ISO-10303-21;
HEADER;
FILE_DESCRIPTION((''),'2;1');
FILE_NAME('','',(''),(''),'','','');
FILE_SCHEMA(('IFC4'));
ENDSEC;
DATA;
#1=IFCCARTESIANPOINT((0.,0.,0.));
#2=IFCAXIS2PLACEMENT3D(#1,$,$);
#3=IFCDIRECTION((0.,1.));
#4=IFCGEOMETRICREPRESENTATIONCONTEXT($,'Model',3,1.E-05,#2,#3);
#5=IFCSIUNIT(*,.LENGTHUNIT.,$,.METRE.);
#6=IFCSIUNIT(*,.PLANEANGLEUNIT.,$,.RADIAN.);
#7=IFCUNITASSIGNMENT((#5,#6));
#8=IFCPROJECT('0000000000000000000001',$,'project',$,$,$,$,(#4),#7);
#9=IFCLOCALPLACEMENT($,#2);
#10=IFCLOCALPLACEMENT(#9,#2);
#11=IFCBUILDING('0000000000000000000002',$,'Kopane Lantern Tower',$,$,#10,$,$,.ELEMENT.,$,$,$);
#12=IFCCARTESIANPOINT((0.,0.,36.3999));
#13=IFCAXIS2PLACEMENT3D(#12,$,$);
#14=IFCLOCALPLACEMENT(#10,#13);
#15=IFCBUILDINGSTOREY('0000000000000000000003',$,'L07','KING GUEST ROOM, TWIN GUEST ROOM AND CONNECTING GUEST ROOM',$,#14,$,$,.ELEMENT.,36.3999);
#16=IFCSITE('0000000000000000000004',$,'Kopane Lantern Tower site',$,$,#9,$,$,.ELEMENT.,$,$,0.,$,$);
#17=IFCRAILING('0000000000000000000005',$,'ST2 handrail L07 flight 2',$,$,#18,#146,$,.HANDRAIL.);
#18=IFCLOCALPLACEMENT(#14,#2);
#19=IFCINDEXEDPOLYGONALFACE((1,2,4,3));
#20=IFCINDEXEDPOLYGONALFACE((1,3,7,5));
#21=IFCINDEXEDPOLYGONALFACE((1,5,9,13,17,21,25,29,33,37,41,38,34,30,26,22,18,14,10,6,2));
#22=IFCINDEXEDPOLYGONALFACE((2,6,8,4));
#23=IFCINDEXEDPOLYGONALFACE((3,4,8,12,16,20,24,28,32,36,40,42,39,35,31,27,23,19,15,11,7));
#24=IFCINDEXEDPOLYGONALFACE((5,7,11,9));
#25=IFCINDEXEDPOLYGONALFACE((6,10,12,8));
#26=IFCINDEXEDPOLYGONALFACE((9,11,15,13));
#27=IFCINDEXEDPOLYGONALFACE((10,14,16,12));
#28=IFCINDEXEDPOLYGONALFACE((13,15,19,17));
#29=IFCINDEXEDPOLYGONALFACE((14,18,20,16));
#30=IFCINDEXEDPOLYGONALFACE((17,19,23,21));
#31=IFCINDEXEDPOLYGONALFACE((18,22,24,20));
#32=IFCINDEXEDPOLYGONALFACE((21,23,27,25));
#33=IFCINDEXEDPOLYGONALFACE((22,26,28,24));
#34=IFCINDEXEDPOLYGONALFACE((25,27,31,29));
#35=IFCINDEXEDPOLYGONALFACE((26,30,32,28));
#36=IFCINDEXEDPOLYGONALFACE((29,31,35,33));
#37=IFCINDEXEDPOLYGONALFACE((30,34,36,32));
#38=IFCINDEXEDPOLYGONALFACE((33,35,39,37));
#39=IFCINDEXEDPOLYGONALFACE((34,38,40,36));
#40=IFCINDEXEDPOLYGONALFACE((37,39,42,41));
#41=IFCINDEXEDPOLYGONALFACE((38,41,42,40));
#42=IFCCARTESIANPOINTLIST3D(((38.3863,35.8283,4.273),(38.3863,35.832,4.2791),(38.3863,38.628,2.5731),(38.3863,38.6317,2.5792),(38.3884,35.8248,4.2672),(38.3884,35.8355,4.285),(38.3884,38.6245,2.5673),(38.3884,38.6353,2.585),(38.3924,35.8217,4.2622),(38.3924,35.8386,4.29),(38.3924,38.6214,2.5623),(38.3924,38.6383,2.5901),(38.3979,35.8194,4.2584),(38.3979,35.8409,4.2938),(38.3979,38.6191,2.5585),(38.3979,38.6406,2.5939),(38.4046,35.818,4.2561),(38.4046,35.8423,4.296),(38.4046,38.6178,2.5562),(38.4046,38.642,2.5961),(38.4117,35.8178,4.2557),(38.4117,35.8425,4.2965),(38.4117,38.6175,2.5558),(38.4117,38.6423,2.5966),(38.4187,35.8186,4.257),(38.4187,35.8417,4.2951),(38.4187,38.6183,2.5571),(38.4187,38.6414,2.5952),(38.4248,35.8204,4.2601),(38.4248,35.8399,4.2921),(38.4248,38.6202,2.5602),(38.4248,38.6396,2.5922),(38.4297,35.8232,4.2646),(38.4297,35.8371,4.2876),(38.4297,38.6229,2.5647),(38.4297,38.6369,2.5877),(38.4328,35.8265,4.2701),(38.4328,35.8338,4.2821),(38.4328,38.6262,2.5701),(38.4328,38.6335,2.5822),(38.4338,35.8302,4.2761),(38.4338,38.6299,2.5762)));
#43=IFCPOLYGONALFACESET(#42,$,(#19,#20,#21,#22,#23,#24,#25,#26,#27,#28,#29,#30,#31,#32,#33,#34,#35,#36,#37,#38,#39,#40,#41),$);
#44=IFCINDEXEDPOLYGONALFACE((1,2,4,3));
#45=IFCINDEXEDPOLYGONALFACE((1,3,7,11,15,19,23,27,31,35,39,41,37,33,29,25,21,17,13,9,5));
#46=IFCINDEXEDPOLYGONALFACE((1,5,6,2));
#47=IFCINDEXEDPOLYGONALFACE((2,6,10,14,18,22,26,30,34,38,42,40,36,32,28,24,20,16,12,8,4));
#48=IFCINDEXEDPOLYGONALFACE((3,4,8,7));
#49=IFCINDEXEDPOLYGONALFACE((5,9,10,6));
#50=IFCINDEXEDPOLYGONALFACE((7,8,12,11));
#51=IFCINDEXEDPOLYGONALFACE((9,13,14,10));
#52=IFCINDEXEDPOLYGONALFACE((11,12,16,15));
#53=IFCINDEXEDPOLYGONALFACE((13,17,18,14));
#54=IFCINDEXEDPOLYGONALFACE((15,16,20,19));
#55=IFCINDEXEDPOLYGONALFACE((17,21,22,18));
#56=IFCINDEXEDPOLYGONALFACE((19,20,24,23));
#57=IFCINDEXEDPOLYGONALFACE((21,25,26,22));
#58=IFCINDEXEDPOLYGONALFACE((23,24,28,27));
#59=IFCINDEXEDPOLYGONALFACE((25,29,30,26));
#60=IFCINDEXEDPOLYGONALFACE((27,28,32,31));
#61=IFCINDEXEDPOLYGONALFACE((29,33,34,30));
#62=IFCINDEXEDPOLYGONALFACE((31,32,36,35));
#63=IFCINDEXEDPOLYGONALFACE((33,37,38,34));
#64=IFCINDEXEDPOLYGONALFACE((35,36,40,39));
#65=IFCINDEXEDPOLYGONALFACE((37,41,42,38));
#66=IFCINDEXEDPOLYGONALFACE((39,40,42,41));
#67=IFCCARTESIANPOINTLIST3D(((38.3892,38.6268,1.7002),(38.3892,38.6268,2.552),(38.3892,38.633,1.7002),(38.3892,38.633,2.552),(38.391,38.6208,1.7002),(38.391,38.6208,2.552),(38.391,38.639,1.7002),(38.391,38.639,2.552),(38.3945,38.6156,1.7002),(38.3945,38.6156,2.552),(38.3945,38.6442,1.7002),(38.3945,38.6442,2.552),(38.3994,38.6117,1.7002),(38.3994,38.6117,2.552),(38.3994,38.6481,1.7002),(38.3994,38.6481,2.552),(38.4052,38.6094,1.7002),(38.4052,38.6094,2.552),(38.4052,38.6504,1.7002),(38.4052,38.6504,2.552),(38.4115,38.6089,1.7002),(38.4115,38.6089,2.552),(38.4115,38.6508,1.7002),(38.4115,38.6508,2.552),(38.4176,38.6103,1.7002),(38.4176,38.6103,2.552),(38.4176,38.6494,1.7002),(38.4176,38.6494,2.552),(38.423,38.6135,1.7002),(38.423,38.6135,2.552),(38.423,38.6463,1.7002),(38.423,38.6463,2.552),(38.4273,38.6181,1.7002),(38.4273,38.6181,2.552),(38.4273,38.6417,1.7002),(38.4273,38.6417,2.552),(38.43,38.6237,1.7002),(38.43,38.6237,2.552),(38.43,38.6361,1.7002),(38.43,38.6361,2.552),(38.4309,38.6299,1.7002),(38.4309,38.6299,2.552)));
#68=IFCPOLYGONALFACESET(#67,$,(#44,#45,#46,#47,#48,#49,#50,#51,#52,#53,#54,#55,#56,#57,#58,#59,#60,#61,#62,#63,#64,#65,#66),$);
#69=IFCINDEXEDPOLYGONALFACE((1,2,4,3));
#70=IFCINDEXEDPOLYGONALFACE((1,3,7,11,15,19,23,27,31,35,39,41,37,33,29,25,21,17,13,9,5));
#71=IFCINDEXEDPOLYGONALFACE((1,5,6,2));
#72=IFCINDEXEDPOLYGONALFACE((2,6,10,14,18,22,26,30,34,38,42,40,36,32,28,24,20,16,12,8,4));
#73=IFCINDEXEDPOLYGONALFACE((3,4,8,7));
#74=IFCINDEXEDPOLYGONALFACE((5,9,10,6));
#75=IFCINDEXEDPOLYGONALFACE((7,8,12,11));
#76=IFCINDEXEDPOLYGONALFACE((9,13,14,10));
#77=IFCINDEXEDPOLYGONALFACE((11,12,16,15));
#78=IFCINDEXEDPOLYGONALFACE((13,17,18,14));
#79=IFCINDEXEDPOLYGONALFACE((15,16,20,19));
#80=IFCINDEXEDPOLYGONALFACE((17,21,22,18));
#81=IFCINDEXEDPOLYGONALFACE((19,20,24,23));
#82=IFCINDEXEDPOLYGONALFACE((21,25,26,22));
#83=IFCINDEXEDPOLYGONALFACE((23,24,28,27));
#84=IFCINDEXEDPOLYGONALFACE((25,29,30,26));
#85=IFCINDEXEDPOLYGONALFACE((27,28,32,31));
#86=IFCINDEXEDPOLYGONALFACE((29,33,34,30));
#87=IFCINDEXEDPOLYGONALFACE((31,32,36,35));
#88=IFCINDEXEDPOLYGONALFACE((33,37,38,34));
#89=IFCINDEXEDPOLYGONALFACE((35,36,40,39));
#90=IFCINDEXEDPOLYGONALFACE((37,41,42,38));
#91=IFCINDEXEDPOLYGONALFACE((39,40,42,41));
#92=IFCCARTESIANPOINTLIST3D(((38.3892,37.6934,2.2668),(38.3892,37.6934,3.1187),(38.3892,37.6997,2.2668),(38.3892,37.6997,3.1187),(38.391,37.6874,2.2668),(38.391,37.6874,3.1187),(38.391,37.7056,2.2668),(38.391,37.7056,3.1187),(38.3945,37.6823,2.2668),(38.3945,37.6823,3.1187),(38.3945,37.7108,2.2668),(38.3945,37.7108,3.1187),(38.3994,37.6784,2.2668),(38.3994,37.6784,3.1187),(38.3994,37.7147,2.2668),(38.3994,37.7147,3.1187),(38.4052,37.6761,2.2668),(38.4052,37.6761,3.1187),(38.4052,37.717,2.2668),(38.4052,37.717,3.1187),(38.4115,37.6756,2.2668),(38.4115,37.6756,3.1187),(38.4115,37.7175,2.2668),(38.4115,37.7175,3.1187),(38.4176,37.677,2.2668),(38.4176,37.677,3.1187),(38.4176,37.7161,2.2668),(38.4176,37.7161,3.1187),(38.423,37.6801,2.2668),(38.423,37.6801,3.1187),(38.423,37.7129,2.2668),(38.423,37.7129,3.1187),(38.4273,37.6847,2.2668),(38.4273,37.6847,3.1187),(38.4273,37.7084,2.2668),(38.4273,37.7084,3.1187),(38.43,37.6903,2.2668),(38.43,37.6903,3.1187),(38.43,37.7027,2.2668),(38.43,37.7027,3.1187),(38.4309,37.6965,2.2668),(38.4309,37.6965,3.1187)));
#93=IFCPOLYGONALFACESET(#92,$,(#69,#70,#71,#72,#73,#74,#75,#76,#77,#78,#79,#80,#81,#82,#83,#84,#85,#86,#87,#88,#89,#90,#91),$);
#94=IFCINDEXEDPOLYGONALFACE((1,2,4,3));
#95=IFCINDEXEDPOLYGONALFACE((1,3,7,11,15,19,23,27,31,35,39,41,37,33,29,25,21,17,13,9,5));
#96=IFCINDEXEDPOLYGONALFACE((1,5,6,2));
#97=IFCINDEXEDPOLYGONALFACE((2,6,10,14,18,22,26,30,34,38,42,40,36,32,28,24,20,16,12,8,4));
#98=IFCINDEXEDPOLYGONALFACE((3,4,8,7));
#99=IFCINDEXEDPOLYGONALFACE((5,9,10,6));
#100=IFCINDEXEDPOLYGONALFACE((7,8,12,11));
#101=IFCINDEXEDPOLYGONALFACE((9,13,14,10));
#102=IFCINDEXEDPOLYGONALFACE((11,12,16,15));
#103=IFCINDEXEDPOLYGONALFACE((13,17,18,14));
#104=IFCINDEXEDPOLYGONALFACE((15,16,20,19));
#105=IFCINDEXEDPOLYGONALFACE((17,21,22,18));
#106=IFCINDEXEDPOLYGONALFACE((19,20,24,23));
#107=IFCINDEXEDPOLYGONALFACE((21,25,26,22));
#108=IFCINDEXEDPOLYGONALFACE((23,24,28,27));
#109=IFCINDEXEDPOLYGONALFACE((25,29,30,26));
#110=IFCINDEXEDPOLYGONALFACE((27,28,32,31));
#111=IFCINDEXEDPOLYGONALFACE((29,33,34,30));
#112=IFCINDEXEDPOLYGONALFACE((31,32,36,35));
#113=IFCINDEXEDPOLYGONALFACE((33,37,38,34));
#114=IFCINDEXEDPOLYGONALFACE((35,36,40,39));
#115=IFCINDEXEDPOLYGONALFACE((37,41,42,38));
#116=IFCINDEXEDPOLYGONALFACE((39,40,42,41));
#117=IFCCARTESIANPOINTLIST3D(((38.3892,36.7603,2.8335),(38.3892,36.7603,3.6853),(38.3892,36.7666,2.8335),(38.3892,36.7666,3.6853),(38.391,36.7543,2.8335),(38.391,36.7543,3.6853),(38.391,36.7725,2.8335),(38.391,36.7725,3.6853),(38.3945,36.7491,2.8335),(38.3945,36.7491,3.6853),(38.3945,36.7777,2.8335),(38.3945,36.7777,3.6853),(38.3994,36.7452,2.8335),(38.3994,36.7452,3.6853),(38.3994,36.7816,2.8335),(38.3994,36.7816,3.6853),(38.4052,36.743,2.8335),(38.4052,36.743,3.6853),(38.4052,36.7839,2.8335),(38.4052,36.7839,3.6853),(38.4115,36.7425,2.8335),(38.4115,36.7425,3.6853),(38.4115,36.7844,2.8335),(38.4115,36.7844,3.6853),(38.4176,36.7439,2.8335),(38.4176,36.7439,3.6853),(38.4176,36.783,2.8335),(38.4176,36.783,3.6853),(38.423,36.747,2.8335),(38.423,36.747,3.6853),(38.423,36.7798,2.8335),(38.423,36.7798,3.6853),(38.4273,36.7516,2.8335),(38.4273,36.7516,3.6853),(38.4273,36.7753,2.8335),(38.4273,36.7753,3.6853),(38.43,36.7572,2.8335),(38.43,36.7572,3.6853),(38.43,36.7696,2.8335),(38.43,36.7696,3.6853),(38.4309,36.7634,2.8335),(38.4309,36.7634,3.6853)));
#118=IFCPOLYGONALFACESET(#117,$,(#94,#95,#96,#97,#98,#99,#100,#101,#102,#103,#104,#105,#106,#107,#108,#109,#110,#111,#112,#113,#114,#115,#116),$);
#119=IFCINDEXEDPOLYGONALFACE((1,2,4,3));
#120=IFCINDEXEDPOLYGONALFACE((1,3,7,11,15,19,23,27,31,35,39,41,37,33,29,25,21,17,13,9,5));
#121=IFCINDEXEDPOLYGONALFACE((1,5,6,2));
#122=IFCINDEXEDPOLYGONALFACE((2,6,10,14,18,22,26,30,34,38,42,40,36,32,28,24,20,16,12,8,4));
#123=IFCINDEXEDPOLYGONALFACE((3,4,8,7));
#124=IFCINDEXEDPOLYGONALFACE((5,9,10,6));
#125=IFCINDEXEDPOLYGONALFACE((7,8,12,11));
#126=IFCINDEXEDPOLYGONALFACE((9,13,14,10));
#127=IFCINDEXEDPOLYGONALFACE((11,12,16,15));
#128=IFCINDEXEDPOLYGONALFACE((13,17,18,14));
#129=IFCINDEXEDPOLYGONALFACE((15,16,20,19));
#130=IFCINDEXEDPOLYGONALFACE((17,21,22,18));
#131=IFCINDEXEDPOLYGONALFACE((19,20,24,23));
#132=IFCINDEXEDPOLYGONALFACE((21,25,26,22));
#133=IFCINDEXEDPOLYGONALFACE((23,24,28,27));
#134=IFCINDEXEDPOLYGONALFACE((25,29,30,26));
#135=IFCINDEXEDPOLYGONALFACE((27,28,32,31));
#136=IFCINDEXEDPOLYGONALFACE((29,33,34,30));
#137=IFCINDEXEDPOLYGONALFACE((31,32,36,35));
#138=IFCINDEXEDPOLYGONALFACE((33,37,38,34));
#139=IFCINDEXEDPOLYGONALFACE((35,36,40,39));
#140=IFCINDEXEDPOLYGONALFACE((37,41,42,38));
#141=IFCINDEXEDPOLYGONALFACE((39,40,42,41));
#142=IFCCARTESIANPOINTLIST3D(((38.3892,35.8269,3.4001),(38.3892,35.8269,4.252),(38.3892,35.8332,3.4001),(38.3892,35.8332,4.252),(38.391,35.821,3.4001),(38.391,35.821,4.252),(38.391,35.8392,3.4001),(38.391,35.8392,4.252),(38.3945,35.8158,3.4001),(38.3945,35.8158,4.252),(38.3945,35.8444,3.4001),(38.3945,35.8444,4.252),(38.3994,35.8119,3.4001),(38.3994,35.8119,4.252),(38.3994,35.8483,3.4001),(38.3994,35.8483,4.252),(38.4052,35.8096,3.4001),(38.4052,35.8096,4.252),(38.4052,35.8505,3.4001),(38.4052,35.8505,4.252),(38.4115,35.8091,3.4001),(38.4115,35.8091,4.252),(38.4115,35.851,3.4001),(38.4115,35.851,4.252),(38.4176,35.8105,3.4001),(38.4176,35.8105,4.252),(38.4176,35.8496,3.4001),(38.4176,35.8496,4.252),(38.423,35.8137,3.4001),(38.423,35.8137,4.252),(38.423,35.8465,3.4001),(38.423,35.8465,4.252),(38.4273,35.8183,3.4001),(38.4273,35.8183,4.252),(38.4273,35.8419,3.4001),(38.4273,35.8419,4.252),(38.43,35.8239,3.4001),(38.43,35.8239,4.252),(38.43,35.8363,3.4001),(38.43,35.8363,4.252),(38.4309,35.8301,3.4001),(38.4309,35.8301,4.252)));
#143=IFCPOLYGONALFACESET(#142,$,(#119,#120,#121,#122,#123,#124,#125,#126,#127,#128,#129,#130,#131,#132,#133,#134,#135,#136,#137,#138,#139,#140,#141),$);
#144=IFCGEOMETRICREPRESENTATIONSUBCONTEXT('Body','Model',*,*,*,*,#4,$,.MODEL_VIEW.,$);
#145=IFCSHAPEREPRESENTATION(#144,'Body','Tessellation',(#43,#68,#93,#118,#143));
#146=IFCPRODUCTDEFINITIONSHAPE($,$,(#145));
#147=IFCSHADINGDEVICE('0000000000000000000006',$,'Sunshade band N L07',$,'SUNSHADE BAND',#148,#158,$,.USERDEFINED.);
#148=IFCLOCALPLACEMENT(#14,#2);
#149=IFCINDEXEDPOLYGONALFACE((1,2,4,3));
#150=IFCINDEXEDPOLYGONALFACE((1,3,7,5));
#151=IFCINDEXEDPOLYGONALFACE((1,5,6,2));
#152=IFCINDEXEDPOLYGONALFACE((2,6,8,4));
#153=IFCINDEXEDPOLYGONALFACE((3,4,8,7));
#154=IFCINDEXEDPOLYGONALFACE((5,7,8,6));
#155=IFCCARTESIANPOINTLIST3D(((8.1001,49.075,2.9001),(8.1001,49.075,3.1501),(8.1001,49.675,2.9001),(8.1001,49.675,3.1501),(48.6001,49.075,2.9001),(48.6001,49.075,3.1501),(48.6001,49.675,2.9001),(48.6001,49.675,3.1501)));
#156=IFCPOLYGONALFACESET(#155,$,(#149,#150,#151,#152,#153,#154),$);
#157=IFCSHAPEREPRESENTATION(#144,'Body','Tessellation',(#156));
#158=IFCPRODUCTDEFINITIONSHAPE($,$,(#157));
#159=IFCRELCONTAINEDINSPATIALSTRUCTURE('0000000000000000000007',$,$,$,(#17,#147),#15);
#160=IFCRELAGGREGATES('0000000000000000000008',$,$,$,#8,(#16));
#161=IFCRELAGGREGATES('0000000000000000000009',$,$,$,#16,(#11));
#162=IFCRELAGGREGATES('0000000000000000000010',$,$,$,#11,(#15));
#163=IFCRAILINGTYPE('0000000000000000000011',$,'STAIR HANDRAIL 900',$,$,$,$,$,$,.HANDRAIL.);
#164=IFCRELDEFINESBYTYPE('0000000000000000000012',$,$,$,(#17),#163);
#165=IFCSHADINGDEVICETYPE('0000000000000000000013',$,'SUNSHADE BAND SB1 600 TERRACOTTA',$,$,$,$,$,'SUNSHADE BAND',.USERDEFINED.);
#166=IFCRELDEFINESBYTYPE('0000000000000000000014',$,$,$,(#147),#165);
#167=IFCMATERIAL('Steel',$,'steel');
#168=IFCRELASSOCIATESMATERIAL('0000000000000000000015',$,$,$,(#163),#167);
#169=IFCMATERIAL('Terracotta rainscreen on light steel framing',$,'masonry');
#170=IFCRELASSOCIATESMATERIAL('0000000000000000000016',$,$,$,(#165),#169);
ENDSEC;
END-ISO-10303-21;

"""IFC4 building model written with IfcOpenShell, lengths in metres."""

from ifc_helpers import new_model, si_unit, direction, frame, origin, origin_2d, place, context, subcontext, project, spatial, rectangle, circle, extrude, material, type_object, element, save


model = new_model("IFC4")

# Units and contexts
model_context = context("Model", 3, precision=1e-05, world=origin(), true_north=direction((0.0, 1.0)))
body_context = subcontext(model_context, "Body", "Model", "MODEL_VIEW")
ifc_project = project(units=[si_unit("LENGTHUNIT", "METRE"), si_unit("PLANEANGLEUNIT", "RADIAN")], contexts=[model_context])

# Site, building, storey
site_placement = place(None, origin())
site = spatial("IfcSite", under=ifc_project, at=site_placement, Name="Kopane Lantern Tower site", CompositionType="ELEMENT", RefElevation=0.0)
building_placement = place(site_placement, origin())
building = spatial("IfcBuilding", under=site, at=building_placement, Name="Kopane Lantern Tower", CompositionType="ELEMENT")
storey_placement = place(building_placement, frame((0.0, 0.0, 36.3999)))
storey = spatial("IfcBuildingStorey", under=building, at=storey_placement, Name="L07", Description="KING GUEST ROOM, TWIN GUEST ROOM AND CONNECTING GUEST ROOM", CompositionType="ELEMENT", Elevation=36.3999)

# Railing
ifc_material_1 = material(Name="Steel", Category="steel")
railing_type = type_object("IfcRailingType", Name="STAIR HANDRAIL 900", PredefinedType="HANDRAIL", material=ifc_material_1)
for number, where, name in (
    (1, (38.4099, 38.6299, 1.7002), "ST2 handrail L07 flight 2"),
):
    element("IfcRailing", number, at=place(storey_placement, frame(where)), inside=storey, type_object=railing_type, Name=name, PredefinedType="HANDRAIL", context=body_context, shape_type="SweptSolid", body=[
        extrude(circle(Radius=0.0239, at=origin_2d()), frame((0.0, 0.0, 0.876), z_axis=(0.0, -0.854778, 0.518994), x_axis=(1.0, 0.0, 0.0)), (0.0, 0.0, 1.0), 3.2754),
        extrude(circle(Radius=0.021, at=origin_2d()), origin(), (0.0, 0.0, 1.0), 0.8518),
        extrude(circle(Radius=0.021, at=origin_2d()), frame((0.0, -0.9333, 0.5667)), (0.0, 0.0, 1.0), 0.8518),
        extrude(circle(Radius=0.021, at=origin_2d()), frame((0.0, -1.8665, 1.1333)), (0.0, 0.0, 1.0), 0.8518),
        extrude(circle(Radius=0.021, at=origin_2d()), frame((0.0, -2.7998, 1.7)), (0.0, 0.0, 1.0), 0.8518),
    ])

# Shading device
ifc_material_2 = material(Name="Terracotta rainscreen on light steel framing", Category="masonry")
shading_device_type = type_object("IfcShadingDeviceType", Name="SUNSHADE BAND SB1 600 TERRACOTTA", ElementType="SUNSHADE BAND", PredefinedType="USERDEFINED", material=ifc_material_2)
shading_device_placement = place(storey_placement, frame((28.3501, 49.375, 2.9001), z_axis=(0.0, 0.0, 1.0), x_axis=(-1.0, 0.0, 0.0)))
element("IfcShadingDevice", 2, at=shading_device_placement, inside=storey, type_object=shading_device_type, Name="Sunshade band N L07", ObjectType="SUNSHADE BAND", PredefinedType="USERDEFINED", context=body_context, shape_type="SweptSolid", body=[
    extrude(rectangle(XDim=40.5, YDim=0.6001, at=origin_2d()), origin(), (0.0, 0.0, 1.0), 0.25),
])

save(model, "model.ifc")
